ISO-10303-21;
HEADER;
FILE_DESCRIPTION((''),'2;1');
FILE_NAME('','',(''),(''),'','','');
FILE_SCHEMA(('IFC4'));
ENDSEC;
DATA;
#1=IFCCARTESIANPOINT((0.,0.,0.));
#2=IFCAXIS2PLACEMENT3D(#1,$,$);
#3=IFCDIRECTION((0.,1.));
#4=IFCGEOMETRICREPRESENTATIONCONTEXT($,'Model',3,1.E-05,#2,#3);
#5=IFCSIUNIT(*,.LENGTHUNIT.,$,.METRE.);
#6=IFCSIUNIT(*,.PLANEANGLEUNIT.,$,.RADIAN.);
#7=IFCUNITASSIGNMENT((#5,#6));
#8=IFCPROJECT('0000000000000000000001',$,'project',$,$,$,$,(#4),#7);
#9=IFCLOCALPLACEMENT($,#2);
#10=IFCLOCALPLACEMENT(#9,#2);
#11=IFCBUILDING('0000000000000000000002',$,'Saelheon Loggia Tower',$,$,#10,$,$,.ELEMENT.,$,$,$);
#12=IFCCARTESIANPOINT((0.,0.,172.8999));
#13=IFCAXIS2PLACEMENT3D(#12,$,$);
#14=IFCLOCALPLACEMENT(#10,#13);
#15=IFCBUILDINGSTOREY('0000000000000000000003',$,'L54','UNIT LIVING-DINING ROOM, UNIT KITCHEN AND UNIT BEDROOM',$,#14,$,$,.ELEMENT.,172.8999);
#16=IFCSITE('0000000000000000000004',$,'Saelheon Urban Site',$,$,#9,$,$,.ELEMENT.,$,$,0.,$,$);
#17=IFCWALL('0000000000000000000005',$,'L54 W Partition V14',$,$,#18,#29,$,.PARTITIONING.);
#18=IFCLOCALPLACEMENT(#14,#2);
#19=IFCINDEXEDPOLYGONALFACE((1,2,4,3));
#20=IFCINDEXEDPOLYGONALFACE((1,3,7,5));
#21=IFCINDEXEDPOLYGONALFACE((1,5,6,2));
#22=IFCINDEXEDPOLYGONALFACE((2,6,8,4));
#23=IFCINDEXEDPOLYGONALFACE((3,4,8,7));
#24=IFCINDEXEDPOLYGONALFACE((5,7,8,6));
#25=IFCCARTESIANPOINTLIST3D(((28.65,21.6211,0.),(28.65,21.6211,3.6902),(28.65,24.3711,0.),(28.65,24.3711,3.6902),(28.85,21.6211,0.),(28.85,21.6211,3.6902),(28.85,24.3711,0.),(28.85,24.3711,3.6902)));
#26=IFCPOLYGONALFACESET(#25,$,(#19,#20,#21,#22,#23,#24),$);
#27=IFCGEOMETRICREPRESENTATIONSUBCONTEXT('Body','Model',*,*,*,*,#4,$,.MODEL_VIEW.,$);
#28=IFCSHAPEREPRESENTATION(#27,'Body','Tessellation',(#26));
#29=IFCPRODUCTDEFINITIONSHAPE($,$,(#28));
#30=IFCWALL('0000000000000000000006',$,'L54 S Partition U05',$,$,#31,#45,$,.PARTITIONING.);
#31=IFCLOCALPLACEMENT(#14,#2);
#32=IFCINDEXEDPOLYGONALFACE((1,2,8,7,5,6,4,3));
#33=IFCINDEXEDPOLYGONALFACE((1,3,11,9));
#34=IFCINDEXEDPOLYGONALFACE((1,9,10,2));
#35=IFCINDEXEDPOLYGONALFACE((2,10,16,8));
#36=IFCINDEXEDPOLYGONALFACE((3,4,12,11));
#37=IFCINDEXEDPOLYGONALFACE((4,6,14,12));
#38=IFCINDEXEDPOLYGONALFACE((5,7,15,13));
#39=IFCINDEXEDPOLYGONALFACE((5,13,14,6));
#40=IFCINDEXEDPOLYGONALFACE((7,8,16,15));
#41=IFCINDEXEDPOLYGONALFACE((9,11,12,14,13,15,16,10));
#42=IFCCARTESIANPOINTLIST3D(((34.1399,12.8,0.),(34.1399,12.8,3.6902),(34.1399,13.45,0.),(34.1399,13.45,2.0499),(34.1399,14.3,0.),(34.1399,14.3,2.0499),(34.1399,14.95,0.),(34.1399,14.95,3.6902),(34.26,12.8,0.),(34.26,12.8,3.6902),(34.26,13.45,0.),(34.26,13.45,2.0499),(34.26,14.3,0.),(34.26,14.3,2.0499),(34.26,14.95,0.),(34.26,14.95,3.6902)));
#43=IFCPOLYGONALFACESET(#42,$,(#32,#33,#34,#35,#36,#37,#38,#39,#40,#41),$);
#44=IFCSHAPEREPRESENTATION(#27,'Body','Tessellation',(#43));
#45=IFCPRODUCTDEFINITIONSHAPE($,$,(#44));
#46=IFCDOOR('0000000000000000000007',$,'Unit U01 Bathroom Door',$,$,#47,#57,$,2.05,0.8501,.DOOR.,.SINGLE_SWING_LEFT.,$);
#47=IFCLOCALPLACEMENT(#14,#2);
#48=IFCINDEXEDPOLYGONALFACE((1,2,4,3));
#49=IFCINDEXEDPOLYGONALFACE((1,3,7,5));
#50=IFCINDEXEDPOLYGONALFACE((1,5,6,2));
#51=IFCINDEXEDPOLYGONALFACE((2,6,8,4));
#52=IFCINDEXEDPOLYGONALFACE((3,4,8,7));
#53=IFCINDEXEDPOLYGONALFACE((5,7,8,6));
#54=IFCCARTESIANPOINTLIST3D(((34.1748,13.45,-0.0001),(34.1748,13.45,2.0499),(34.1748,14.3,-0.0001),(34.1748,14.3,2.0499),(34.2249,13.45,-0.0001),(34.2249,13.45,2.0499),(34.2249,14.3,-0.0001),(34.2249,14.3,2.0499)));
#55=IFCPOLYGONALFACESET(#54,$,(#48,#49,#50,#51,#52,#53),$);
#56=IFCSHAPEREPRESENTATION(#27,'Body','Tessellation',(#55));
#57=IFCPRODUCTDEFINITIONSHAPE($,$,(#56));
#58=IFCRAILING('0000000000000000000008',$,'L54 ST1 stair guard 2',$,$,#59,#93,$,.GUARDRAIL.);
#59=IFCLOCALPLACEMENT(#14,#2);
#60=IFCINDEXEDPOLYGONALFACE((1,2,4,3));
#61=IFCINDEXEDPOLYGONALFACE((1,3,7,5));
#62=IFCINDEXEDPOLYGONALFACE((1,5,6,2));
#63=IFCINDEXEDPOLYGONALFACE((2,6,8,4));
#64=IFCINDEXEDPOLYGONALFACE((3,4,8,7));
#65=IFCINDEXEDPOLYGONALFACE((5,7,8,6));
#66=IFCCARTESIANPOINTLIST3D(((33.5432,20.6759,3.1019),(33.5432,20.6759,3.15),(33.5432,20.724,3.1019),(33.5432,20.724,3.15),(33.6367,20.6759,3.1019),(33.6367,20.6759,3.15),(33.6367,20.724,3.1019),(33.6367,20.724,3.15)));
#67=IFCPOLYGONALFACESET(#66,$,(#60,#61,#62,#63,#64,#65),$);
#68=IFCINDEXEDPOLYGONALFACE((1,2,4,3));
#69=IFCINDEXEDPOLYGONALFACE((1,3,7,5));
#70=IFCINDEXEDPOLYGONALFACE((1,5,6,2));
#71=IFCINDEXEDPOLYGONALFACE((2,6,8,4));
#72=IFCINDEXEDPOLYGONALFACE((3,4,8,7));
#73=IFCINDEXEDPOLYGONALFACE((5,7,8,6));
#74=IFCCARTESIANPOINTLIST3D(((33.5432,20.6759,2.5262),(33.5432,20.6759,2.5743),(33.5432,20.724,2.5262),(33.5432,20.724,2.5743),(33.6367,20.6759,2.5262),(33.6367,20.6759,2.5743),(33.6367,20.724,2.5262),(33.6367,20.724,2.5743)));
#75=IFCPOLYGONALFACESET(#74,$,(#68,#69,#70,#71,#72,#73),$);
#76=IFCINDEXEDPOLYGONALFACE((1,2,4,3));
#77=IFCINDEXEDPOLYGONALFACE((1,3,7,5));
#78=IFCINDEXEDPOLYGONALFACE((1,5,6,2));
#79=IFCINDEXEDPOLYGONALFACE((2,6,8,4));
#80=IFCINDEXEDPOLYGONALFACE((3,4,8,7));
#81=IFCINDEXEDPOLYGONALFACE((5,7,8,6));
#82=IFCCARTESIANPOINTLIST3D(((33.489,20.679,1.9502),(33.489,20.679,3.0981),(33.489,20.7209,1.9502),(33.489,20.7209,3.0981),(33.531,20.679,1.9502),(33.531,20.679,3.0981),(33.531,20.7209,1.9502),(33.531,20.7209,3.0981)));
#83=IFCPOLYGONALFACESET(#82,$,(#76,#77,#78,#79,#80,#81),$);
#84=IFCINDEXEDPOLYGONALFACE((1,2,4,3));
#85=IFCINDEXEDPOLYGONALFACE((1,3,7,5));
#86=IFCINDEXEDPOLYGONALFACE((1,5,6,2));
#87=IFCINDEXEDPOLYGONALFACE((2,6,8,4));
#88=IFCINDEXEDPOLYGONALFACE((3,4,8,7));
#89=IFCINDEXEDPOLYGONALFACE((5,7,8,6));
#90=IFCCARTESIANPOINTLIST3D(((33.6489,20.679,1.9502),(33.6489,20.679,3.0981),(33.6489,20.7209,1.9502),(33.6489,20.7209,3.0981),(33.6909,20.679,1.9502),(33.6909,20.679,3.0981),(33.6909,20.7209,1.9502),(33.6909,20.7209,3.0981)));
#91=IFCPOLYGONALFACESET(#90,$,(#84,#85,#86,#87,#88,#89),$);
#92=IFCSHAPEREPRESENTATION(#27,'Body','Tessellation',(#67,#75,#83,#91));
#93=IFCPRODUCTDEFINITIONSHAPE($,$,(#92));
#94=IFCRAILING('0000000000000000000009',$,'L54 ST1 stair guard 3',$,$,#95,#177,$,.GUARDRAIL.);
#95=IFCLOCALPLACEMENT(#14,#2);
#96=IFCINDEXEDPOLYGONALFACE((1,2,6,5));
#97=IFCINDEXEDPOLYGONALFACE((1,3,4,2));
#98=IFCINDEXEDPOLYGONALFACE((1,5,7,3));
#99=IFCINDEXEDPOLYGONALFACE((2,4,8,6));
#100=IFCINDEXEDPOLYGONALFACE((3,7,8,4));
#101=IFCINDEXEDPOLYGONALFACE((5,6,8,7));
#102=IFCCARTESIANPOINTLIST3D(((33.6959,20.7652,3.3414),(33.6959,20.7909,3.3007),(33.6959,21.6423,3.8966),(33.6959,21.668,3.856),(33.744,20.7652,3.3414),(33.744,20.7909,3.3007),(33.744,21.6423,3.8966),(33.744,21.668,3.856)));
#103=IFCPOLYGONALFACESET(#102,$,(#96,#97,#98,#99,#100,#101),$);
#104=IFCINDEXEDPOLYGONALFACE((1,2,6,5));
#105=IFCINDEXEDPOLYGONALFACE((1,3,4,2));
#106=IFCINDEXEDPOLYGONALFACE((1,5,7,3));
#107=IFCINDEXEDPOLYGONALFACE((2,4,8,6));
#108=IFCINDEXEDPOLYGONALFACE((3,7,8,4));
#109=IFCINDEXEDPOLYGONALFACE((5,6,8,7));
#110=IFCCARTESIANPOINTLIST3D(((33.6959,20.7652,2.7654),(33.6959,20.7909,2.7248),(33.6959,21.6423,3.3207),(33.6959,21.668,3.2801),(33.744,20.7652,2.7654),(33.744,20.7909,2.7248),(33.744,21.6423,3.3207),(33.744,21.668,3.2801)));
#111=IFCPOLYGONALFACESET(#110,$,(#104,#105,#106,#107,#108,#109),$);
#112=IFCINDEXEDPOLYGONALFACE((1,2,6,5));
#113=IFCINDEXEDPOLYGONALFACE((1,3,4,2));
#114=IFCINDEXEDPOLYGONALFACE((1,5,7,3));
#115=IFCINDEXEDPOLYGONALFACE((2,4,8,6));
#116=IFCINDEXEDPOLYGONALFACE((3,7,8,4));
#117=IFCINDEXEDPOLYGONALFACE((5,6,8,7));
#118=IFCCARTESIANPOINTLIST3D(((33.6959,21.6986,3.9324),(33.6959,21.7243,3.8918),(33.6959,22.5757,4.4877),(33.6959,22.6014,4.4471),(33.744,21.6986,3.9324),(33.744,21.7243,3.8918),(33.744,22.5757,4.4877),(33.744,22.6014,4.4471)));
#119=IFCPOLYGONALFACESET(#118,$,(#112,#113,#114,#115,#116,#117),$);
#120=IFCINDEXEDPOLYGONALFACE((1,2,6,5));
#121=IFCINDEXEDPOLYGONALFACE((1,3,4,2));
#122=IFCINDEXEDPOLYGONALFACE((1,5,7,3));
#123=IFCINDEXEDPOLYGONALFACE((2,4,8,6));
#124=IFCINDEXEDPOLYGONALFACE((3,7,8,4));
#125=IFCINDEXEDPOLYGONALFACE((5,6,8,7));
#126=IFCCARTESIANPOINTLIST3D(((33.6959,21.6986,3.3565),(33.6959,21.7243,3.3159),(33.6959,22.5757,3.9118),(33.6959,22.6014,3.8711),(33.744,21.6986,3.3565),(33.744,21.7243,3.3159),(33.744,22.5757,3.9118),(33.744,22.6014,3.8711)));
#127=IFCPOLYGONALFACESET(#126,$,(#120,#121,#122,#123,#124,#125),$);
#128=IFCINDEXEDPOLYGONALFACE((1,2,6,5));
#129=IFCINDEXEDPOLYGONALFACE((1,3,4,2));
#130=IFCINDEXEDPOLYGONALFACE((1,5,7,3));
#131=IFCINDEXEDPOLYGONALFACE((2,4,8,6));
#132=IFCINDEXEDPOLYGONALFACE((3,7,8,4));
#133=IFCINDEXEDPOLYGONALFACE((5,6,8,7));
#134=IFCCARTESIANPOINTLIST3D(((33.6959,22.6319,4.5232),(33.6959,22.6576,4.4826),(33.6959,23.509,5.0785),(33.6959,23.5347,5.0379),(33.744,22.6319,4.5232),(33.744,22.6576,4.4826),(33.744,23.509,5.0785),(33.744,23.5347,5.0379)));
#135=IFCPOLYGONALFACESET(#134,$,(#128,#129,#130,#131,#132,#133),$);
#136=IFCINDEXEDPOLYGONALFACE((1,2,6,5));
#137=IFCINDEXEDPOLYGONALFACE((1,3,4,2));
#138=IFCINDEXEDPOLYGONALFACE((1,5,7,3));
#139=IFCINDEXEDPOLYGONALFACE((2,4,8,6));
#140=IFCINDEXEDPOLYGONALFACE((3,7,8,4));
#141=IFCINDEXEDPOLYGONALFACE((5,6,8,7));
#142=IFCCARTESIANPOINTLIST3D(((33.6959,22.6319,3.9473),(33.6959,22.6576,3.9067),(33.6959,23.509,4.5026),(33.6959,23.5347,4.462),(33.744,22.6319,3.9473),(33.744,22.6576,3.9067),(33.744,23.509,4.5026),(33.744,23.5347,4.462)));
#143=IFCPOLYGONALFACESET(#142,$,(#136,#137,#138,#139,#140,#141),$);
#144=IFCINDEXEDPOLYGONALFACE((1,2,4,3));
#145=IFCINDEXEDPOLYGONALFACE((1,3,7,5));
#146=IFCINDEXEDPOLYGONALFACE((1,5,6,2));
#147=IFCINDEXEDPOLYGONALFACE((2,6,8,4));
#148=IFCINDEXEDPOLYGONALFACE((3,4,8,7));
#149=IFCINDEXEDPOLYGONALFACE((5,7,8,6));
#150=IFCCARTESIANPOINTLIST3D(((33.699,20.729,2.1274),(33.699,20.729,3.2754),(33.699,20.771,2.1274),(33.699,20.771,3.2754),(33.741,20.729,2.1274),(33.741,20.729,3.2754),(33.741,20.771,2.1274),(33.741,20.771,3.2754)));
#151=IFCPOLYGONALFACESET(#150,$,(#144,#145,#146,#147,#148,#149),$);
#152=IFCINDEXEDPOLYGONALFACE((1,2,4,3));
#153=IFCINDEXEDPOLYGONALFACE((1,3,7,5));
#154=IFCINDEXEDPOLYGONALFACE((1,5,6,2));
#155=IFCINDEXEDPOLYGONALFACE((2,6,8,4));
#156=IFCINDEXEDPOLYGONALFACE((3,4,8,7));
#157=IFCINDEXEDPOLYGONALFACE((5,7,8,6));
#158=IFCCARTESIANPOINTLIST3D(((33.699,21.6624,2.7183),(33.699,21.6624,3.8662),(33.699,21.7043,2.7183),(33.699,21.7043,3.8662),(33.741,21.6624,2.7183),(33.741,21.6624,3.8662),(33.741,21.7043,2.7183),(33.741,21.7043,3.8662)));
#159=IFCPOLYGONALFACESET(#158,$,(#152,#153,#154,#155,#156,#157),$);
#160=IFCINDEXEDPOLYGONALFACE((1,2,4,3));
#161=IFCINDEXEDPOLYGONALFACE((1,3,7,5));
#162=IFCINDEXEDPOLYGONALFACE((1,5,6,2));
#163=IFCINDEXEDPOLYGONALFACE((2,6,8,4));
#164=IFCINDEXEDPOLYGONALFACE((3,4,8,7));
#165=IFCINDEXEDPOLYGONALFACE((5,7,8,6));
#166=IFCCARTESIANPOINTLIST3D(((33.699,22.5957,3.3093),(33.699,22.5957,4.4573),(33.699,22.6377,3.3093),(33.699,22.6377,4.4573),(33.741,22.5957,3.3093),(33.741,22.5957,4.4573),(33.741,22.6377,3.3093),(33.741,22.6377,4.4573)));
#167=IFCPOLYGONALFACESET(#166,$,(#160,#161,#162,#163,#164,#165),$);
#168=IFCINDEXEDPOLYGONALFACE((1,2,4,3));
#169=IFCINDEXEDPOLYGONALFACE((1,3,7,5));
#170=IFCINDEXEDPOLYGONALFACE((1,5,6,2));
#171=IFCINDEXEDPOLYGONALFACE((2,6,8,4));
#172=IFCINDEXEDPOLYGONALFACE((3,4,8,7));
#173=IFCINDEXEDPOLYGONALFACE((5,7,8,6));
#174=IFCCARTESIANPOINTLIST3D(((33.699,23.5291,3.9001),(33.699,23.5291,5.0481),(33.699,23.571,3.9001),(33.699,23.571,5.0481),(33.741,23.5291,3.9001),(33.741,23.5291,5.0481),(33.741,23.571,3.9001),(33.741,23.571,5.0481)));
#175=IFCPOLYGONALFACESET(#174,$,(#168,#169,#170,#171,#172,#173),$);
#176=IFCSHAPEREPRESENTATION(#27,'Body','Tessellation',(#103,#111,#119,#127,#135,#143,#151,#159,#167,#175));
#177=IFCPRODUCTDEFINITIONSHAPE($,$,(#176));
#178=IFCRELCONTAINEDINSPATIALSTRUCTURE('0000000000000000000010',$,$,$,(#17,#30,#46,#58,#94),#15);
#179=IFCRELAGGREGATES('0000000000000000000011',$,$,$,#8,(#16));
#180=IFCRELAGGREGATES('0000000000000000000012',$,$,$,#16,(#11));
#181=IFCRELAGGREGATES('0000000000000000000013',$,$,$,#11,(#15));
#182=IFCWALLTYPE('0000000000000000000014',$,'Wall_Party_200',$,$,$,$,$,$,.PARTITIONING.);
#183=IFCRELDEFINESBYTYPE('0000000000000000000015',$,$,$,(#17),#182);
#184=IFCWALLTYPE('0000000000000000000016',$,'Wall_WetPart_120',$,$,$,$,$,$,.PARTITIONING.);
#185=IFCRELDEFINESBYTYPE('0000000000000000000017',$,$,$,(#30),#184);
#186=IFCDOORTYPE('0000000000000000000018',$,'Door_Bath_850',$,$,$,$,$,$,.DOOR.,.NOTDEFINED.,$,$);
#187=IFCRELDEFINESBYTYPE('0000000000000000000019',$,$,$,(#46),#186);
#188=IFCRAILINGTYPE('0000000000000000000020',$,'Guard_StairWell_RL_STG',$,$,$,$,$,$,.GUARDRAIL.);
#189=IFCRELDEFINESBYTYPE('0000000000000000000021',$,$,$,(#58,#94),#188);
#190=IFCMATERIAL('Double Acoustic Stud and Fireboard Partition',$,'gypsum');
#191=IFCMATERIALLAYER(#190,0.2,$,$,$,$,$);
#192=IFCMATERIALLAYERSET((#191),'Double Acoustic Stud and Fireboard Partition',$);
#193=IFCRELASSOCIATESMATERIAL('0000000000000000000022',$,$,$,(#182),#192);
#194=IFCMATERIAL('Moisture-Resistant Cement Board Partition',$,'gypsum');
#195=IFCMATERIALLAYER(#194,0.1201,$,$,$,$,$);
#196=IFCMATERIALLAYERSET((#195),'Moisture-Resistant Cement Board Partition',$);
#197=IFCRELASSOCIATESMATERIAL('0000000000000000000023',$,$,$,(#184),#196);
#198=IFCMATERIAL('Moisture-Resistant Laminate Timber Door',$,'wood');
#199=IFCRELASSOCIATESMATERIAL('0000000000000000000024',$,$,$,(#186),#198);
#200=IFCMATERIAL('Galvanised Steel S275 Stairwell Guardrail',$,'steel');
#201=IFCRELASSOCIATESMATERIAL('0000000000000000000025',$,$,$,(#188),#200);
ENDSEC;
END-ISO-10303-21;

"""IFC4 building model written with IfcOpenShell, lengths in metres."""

from ifc_helpers import new_model, si_unit, direction, frame, frame_2d, origin, origin_2d, place, context, subcontext, project, spatial, rectangle, extrude, source, transform, mapped, material, layer, layer_set, type_object, element, fill, save


model = new_model("IFC4")

# Units and contexts
model_context = context("Model", 3, precision=1e-05, world=origin(), true_north=direction((0.0, 1.0)))
body_context = subcontext(model_context, "Body", "Model", "MODEL_VIEW")
ifc_project = project(units=[si_unit("LENGTHUNIT", "METRE"), si_unit("PLANEANGLEUNIT", "RADIAN")], contexts=[model_context])

# Site, building, storey
site_placement = place(None, origin())
site = spatial("IfcSite", under=ifc_project, at=site_placement, Name="Saelheon Urban Site", CompositionType="ELEMENT", RefElevation=0.0)
building_placement = place(site_placement, origin())
building = spatial("IfcBuilding", under=site, at=building_placement, Name="Saelheon Loggia Tower", CompositionType="ELEMENT")
storey_placement = place(building_placement, frame((0.0, 0.0, 172.8999)))
storey = spatial("IfcBuildingStorey", under=building, at=storey_placement, Name="L54", Description="UNIT LIVING-DINING ROOM, UNIT KITCHEN AND UNIT BEDROOM", CompositionType="ELEMENT", Elevation=172.8999)

# Shared definitions
ifc_material_1 = material(Name="Double Acoustic Stud and Fireboard Partition", Category="gypsum")
ifc_layer_1 = layer(ifc_material_1, 0.2)
ifc_layer_set_1 = layer_set([ifc_layer_1], Name="Double Acoustic Stud and Fireboard Partition")
wall_type_1 = type_object("IfcWallType", Name="Wall_Party_200", PredefinedType="PARTITIONING", material=ifc_layer_set_1)

# Wall
wall_1_placement = place(storey_placement, frame((28.75, 21.6211, 0.0), z_axis=(0.0, 0.0, 1.0), x_axis=(0.0, 1.0, 0.0)))
element("IfcWall", 1, at=wall_1_placement, inside=storey, type_object=wall_type_1, Name="L54 W Partition V14", PredefinedType="PARTITIONING", context=body_context, shape_type="SweptSolid", body=[
    extrude(rectangle(XDim=2.75, YDim=0.2, at=frame_2d((1.375, 0.0))), origin(), (0.0, 0.0, 1.0), 3.6902),
])

# Wall, opening, door
ifc_material_2 = material(Name="Moisture-Resistant Cement Board Partition", Category="gypsum")
ifc_layer_2 = layer(ifc_material_2, 0.1201)
ifc_layer_set_2 = layer_set([ifc_layer_2], Name="Moisture-Resistant Cement Board Partition")
wall_type_2 = type_object("IfcWallType", Name="Wall_WetPart_120", PredefinedType="PARTITIONING", material=ifc_layer_set_2)
wall_2_placement = place(storey_placement, frame((34.2, 14.95, 0.0), z_axis=(0.0, 0.0, 1.0), x_axis=(0.0, -1.0, 0.0)))
wall_2 = element("IfcWall", 2, at=wall_2_placement, inside=storey, type_object=wall_type_2, Name="L54 S Partition U05", PredefinedType="PARTITIONING", context=body_context, shape_type="SweptSolid", body=[
    extrude(rectangle(XDim=2.1499, YDim=0.1201, at=frame_2d((1.075, 0.0))), origin(), (0.0, 0.0, 1.0), 3.6902),
])
opening_1_placement = place(wall_2_placement, frame((0.6499, 0.0, 0.0)))
opening_1 = element("IfcOpeningElement", 3, at=opening_1_placement, cuts=wall_2, PredefinedType="OPENING", context=body_context, shape_type="SweptSolid", body=[
    extrude(rectangle(XDim=0.8501, YDim=2.05, at=frame_2d((0.425, 1.0249))), frame((0.0, 0.072, 0.0), z_axis=(0.0, -1.0, 0.0), x_axis=(1.0, 0.0, 0.0)), (0.0, 0.0, 1.0), 0.144),
])
ifc_material_3 = material(Name="Moisture-Resistant Laminate Timber Door", Category="wood")
door_type_1 = type_object("IfcDoorType", Name="Door_Bath_850", OperationType="NOTDEFINED", PredefinedType="DOOR", material=ifc_material_3)
shared_shape_1 = source(origin(), body_context, "Body", "SweptSolid", [
    extrude(rectangle(XDim=0.8501, YDim=2.05, at=frame_2d((0.425, 1.0249))), frame((0.0, 0.0249, 0.0), z_axis=(0.0, -1.0, 0.0), x_axis=(1.0, 0.0, 0.0)), (0.0, 0.0, 1.0), 0.05),
])
door_1_placement = place(opening_1_placement, origin())
door_1 = element("IfcDoor", 4, at=door_1_placement, inside=storey, type_object=door_type_1, Name="Unit U01 Bathroom Door", OperationType="SINGLE_SWING_LEFT", OverallHeight=2.05, OverallWidth=0.8501, PredefinedType="DOOR", context=body_context, shape_type="MappedRepresentation", body=[
    mapped(shared_shape_1, transform((0.0, 0.0, 0.0), scale=1.0)),
])
fill(opening_1, door_1)

# Railings
ifc_material_4 = material(Name="Galvanised Steel S275 Stairwell Guardrail", Category="steel")
railing_type = type_object("IfcRailingType", Name="Guard_StairWell_RL_STG", PredefinedType="GUARDRAIL", material=ifc_material_4)
railing_1_placement = place(storey_placement, frame((33.51, 20.7, 1.9502)))
element("IfcRailing", 5, at=railing_1_placement, inside=storey, type_object=railing_type, Name="L54 ST1 stair guard 2", PredefinedType="GUARDRAIL", context=body_context, shape_type="SweptSolid", body=[
    extrude(rectangle(XDim=0.0481, YDim=0.0481, at=origin_2d()), frame((0.0332, 0.0, 1.1758), z_axis=(1.0, 0.0, 0.0), x_axis=(0.0, 1.0, 0.0)), (0.0, 0.0, 1.0), 0.0935),
    extrude(rectangle(XDim=0.0481, YDim=0.0481, at=origin_2d()), frame((0.0332, 0.0, 0.6001), z_axis=(1.0, 0.0, 0.0), x_axis=(0.0, 1.0, 0.0)), (0.0, 0.0, 1.0), 0.0935),
    extrude(rectangle(XDim=0.042, YDim=0.042, at=origin_2d()), origin(), (0.0, 0.0, 1.0), 1.1479),
    extrude(rectangle(XDim=0.042, YDim=0.042, at=origin_2d()), frame((0.1599, 0.0, 0.0)), (0.0, 0.0, 1.0), 1.1479),
])
railing_2_placement = place(storey_placement, frame((33.72, 20.75, 2.1274)))
element("IfcRailing", 6, at=railing_2_placement, inside=storey, type_object=railing_type, Name="L54 ST1 stair guard 3", PredefinedType="GUARDRAIL", context=body_context, shape_type="SweptSolid", body=[
    extrude(rectangle(XDim=0.0481, YDim=0.0481, at=origin_2d()), frame((0.0, 0.0281, 1.1936), z_axis=(0.0, 0.844909, 0.53491), x_axis=(-1.0, 0.0, 0.0)), (0.0, 0.0, 1.0), 1.0381),
    extrude(rectangle(XDim=0.0481, YDim=0.0481, at=origin_2d()), frame((0.0, 0.0281, 0.6177), z_axis=(0.0, 0.844909, 0.53491), x_axis=(-1.0, 0.0, 0.0)), (0.0, 0.0, 1.0), 1.0381),
    extrude(rectangle(XDim=0.0481, YDim=0.0481, at=origin_2d()), frame((0.0, 0.9614, 1.7847), z_axis=(0.0, 0.844909, 0.53491), x_axis=(-1.0, 0.0, 0.0)), (0.0, 0.0, 1.0), 1.0381),
    extrude(rectangle(XDim=0.0481, YDim=0.0481, at=origin_2d()), frame((0.0, 0.9614, 1.2087), z_axis=(0.0, 0.844909, 0.53491), x_axis=(-1.0, 0.0, 0.0)), (0.0, 0.0, 1.0), 1.0381),
    extrude(rectangle(XDim=0.0481, YDim=0.0481, at=origin_2d()), frame((0.0, 1.8948, 2.3755), z_axis=(0.0, 0.844909, 0.53491), x_axis=(-1.0, 0.0, 0.0)), (0.0, 0.0, 1.0), 1.0381),
    extrude(rectangle(XDim=0.0481, YDim=0.0481, at=origin_2d()), frame((0.0, 1.8948, 1.7996), z_axis=(0.0, 0.844909, 0.53491), x_axis=(-1.0, 0.0, 0.0)), (0.0, 0.0, 1.0), 1.0381),
    extrude(rectangle(XDim=0.042, YDim=0.042, at=origin_2d()), origin(), (0.0, 0.0, 1.0), 1.1479),
    extrude(rectangle(XDim=0.042, YDim=0.042, at=origin_2d()), frame((0.0, 0.9333, 0.5908)), (0.0, 0.0, 1.0), 1.1479),
    extrude(rectangle(XDim=0.042, YDim=0.042, at=origin_2d()), frame((0.0, 1.8667, 1.1819)), (0.0, 0.0, 1.0), 1.1479),
    extrude(rectangle(XDim=0.042, YDim=0.042, at=origin_2d()), frame((0.0, 2.8, 1.7727)), (0.0, 0.0, 1.0), 1.1479),
])

save(model, "model.ifc")
